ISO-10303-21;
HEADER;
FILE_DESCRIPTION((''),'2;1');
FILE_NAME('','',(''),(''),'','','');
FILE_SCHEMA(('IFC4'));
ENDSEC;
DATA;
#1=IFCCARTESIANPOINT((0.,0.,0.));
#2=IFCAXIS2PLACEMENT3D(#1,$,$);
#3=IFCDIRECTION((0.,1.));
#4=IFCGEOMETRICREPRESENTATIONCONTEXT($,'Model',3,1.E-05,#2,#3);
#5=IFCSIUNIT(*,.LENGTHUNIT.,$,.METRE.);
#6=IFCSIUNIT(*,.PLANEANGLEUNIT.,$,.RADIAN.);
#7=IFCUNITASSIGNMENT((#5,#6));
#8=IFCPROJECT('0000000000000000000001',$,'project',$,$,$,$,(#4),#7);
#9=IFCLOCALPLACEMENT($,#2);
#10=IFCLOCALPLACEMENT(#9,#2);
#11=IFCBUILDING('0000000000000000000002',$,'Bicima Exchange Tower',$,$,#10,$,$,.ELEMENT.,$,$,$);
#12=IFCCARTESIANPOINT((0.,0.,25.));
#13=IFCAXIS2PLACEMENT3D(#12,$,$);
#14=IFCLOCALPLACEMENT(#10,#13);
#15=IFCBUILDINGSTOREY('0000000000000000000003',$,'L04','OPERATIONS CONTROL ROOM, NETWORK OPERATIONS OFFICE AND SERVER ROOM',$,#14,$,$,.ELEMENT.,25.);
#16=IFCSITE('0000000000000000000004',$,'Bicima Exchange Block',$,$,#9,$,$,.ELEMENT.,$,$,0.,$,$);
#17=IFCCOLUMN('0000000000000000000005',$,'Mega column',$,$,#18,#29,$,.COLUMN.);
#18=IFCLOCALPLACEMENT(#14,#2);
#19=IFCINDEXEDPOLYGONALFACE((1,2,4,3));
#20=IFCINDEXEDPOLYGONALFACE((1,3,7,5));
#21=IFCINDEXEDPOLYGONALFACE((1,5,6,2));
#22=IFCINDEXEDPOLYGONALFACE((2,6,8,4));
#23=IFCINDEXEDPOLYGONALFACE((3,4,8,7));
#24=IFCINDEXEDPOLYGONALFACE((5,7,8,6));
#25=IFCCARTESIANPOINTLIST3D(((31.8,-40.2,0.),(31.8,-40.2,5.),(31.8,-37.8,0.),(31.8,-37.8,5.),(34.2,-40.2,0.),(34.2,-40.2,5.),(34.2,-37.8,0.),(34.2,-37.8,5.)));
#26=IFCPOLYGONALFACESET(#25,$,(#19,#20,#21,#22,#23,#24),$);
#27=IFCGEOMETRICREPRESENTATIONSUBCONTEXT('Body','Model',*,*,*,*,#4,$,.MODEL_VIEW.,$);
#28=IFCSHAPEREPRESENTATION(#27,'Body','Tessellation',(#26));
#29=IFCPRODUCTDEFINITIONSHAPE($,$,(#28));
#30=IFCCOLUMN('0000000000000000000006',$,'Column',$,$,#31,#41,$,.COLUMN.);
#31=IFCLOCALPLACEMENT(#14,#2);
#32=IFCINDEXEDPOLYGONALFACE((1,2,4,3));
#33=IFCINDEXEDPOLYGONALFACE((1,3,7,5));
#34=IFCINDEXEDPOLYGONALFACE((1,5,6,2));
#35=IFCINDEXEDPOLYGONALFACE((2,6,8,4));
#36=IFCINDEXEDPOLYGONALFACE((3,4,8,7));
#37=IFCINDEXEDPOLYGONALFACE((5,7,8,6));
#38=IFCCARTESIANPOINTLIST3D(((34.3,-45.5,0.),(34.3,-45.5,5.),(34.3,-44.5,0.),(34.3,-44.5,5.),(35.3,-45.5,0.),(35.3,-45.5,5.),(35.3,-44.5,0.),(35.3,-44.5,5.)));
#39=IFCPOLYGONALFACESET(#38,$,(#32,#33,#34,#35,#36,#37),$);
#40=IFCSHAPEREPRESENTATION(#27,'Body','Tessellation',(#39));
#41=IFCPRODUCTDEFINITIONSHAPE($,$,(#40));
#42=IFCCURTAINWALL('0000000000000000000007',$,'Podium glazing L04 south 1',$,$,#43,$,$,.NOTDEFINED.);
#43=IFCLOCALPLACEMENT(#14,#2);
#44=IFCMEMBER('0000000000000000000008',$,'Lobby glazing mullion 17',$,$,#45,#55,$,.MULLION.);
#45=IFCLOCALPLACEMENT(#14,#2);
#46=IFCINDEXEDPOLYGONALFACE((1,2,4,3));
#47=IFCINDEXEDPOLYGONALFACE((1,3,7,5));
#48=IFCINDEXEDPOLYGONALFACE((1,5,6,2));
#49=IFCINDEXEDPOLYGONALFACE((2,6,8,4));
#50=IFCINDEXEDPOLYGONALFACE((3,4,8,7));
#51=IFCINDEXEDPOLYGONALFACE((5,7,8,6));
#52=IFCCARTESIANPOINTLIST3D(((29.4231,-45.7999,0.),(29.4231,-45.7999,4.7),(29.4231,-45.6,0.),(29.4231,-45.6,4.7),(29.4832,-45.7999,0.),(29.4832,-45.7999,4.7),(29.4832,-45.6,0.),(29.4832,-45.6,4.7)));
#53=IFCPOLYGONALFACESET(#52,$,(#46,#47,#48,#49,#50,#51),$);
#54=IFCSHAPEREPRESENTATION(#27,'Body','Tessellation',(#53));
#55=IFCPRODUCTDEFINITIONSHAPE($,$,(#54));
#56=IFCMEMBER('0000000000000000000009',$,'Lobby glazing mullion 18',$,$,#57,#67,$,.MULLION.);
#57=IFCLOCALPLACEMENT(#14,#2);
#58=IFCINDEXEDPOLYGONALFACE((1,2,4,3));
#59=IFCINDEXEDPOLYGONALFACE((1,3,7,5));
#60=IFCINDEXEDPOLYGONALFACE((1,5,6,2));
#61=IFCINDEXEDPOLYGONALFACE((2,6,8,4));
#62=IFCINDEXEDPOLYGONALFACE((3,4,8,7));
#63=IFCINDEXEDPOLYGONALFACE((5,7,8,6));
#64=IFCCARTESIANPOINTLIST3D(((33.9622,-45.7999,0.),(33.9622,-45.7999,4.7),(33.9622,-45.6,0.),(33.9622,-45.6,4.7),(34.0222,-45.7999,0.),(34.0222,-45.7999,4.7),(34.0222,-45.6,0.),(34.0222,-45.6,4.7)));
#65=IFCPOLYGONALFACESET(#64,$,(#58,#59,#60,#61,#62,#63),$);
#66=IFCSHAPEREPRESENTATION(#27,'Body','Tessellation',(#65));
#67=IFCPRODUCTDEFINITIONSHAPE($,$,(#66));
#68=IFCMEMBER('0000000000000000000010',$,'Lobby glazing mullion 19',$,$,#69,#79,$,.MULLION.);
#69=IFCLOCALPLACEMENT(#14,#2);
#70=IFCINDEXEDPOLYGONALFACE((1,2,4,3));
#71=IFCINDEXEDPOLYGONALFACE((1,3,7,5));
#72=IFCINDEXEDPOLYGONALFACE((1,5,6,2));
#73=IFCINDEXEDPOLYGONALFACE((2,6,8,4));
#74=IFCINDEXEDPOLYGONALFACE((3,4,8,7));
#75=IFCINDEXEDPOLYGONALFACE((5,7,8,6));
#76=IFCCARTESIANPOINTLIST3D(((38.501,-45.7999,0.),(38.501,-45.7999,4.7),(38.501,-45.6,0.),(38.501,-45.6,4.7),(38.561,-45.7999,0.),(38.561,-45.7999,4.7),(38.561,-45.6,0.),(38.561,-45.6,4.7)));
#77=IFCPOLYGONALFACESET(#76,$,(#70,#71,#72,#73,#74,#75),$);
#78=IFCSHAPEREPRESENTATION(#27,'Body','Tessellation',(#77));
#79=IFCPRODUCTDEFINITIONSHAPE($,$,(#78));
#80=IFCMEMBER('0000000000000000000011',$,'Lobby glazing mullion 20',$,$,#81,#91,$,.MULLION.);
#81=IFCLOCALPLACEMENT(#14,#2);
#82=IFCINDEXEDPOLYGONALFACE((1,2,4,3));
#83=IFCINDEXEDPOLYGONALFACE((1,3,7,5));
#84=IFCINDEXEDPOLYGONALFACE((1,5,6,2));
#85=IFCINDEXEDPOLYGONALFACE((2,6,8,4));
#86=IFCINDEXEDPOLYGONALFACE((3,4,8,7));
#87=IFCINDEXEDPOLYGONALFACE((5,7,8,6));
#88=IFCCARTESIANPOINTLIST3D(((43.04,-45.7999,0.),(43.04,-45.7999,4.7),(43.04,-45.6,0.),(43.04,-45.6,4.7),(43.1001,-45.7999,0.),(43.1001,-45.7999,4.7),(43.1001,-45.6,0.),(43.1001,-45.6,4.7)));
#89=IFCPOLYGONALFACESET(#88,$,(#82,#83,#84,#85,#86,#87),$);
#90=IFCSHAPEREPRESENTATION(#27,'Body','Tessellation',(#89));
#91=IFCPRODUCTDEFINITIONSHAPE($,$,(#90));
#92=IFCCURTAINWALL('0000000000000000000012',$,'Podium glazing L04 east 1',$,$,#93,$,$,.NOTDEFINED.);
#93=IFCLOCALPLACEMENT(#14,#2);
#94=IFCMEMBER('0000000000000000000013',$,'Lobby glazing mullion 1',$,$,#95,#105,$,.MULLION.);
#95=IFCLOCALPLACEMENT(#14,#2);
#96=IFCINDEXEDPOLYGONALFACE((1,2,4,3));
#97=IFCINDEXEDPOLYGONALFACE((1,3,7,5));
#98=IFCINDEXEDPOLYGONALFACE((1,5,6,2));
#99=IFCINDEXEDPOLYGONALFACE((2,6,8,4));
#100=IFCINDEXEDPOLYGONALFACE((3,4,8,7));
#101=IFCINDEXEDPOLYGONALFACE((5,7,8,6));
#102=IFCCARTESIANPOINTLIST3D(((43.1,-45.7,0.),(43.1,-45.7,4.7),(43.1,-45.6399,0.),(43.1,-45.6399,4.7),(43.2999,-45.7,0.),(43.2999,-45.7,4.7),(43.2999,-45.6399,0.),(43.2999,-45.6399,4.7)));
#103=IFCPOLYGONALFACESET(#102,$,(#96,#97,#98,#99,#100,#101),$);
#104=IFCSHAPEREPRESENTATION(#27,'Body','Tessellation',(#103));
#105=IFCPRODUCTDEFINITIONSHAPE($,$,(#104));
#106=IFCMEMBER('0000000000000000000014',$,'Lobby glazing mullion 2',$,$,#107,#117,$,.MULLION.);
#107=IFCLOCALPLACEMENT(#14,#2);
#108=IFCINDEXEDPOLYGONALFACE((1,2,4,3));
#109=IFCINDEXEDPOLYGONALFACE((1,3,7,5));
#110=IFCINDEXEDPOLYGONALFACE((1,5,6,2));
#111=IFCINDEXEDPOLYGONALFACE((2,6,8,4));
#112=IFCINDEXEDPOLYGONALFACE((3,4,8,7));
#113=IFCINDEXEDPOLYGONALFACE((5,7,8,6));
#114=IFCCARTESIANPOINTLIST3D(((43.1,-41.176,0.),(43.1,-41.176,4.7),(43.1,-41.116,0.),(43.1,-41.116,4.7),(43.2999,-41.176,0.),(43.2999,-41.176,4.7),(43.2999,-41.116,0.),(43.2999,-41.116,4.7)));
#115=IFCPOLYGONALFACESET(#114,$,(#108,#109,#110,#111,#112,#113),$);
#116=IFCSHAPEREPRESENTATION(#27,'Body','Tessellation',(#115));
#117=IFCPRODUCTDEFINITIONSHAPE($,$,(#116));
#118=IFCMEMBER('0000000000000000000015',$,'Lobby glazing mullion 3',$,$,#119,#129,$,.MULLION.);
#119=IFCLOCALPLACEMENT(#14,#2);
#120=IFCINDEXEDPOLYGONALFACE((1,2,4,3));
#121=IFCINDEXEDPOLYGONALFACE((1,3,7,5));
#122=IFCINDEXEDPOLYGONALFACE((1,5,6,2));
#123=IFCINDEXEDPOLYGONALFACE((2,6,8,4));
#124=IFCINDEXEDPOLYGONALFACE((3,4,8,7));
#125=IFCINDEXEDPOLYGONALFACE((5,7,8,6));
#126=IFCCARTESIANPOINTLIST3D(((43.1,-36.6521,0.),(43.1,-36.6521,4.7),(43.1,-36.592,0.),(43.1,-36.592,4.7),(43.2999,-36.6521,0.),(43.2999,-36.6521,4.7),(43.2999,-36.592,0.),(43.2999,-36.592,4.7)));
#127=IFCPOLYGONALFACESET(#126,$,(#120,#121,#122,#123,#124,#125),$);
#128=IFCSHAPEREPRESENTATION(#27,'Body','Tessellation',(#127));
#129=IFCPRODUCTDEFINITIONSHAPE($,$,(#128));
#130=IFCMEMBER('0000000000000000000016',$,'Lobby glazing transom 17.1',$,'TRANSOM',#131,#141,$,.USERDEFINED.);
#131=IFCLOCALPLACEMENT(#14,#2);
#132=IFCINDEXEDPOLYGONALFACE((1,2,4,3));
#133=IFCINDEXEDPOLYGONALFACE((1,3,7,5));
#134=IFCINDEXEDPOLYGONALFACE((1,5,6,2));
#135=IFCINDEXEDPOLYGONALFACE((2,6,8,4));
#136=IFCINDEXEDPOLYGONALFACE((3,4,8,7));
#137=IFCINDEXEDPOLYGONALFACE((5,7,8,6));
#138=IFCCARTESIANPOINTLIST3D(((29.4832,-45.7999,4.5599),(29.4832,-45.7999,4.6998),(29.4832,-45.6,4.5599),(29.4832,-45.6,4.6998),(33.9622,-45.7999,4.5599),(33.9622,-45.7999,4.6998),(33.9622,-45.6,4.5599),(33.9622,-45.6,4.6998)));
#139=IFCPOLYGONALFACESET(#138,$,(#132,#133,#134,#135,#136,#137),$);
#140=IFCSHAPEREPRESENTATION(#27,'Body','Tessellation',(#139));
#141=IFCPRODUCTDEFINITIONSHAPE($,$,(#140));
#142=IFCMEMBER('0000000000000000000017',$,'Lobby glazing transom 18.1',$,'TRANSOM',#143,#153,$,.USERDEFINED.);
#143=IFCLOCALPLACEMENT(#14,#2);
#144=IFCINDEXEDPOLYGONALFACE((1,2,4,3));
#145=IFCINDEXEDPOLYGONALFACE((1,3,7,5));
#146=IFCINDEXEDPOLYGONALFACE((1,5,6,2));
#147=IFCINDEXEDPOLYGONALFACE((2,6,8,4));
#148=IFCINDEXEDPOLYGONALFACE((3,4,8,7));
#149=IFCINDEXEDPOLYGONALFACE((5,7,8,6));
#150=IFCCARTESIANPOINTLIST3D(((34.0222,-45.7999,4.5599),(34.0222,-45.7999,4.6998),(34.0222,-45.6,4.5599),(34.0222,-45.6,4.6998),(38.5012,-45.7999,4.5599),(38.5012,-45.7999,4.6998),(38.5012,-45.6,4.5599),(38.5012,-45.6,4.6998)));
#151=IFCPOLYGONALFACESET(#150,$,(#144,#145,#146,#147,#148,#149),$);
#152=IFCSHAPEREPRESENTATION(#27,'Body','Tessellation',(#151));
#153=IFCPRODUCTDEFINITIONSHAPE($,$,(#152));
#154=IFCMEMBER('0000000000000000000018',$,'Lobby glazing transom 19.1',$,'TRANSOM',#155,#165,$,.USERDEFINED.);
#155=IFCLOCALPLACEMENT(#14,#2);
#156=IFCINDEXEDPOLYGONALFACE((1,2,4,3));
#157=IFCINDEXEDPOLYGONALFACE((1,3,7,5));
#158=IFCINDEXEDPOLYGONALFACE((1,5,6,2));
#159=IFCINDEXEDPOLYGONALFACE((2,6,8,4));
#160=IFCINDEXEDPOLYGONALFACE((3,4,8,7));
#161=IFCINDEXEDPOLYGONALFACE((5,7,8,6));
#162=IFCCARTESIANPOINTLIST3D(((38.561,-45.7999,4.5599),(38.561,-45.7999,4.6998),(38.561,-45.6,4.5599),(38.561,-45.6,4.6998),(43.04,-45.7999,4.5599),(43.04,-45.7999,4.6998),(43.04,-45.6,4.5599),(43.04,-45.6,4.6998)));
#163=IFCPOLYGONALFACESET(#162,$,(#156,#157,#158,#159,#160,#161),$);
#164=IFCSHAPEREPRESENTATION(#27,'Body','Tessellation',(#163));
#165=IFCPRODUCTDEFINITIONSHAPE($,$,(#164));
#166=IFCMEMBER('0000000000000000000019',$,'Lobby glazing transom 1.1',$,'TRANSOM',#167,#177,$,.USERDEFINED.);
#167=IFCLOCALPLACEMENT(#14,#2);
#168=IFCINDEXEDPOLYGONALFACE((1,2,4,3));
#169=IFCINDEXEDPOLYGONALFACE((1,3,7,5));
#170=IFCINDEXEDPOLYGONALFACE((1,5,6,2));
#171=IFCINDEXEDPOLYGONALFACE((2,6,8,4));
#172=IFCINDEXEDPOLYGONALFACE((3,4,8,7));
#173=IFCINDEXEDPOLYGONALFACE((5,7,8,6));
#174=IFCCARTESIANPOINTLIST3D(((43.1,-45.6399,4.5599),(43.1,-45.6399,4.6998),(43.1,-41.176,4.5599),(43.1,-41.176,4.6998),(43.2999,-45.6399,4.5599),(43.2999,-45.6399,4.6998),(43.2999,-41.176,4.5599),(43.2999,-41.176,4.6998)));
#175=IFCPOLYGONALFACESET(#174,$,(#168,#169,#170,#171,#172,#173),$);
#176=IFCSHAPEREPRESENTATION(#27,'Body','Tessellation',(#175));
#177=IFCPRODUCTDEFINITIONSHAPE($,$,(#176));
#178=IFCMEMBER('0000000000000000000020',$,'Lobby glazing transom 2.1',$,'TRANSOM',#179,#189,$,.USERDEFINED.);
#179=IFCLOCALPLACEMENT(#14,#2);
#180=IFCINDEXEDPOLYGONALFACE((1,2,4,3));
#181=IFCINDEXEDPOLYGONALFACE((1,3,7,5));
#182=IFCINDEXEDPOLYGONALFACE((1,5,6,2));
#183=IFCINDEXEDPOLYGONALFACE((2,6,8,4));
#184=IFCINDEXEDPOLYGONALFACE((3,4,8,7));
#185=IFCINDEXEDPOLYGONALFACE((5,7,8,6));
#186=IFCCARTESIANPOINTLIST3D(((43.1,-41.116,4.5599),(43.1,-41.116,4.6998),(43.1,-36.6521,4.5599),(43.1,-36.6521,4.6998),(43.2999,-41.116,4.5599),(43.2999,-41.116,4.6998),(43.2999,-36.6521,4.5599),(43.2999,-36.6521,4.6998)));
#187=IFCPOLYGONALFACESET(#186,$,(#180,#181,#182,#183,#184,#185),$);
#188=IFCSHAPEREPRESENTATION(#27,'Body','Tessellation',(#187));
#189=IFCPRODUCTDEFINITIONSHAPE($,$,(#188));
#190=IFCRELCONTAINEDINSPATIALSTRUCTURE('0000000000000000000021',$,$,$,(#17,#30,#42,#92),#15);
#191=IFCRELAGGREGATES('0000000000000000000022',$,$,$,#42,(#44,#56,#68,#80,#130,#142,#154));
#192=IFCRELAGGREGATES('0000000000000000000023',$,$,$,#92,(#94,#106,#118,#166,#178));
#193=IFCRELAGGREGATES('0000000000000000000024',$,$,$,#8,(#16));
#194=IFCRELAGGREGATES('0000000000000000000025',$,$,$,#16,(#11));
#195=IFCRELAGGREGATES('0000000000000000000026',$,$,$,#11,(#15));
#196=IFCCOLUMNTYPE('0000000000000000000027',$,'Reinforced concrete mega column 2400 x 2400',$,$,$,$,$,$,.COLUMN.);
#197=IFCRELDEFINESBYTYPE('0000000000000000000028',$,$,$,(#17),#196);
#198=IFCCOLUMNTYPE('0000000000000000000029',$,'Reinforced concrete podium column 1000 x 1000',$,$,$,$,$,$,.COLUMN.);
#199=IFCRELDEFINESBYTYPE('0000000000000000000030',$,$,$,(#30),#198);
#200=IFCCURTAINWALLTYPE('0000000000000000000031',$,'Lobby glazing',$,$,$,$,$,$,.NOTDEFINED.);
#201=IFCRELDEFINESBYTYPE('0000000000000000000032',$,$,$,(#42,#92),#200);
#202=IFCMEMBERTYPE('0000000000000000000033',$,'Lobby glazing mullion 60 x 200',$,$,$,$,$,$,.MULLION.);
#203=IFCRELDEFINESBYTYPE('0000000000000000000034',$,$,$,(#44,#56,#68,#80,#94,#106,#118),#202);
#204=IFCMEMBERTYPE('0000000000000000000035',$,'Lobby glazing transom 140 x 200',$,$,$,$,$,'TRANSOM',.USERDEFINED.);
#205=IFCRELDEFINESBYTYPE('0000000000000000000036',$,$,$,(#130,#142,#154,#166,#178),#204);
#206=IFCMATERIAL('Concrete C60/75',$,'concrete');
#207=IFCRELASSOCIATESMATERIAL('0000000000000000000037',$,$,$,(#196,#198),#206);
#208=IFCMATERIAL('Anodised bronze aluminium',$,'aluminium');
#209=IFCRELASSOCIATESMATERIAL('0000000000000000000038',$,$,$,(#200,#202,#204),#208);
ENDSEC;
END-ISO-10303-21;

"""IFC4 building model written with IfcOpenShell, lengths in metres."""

from ifc_helpers import new_model, si_unit, direction, frame, origin, origin_2d, place, context, subcontext, project, spatial, rectangle, extrude, material, material_profile, profile_set, type_object, element, aggregate, save


model = new_model("IFC4")

# Units and contexts
model_context = context("Model", 3, precision=1e-05, world=origin(), true_north=direction((0.0, 1.0)))
body_context = subcontext(model_context, "Body", "Model", "MODEL_VIEW")
ifc_project = project(units=[si_unit("LENGTHUNIT", "METRE"), si_unit("PLANEANGLEUNIT", "RADIAN")], contexts=[model_context])

# Site, building, storey
site_placement = place(None, origin())
site = spatial("IfcSite", under=ifc_project, at=site_placement, Name="Bicima Exchange Block", CompositionType="ELEMENT", RefElevation=0.0)
building_placement = place(site_placement, origin())
building = spatial("IfcBuilding", under=site, at=building_placement, Name="Bicima Exchange Tower", CompositionType="ELEMENT")
storey_placement = place(building_placement, frame((0.0, 0.0, 25.0)))
storey = spatial("IfcBuildingStorey", under=building, at=storey_placement, Name="L04", Description="OPERATIONS CONTROL ROOM, NETWORK OPERATIONS OFFICE AND SERVER ROOM", CompositionType="ELEMENT", Elevation=25.0)

# Columns
ifc_material_1 = material(Name="Concrete C60/75", Category="concrete")
ifc_material_profile_1 = material_profile(ifc_material_1, rectangle(XDim=2.3999, YDim=2.3999, at=origin_2d()))
ifc_profile_set_1 = profile_set([ifc_material_profile_1], Name="Concrete C60/75")
column_type_1 = type_object("IfcColumnType", Name="Reinforced concrete mega column 2400 x 2400", PredefinedType="COLUMN", material=ifc_profile_set_1)
column_1_placement = place(storey_placement, frame((33.0, -39.0, 0.0), z_axis=(0.0, 0.0, 1.0), x_axis=(1.0, 0.0, 0.0)))
element("IfcColumn", 1, at=column_1_placement, inside=storey, type_object=column_type_1, Name="Mega column", PredefinedType="COLUMN", context=body_context, shape_type="SweptSolid", body=[
    extrude(rectangle(XDim=2.3999, YDim=2.3999, at=origin_2d()), origin(), (0.0, 0.0, 1.0), 5.0),
])
ifc_material_profile_2 = material_profile(ifc_material_1, rectangle(XDim=1.0, YDim=1.0, at=origin_2d()))
ifc_profile_set_2 = profile_set([ifc_material_profile_2], Name="Concrete C60/75")
column_type_2 = type_object("IfcColumnType", Name="Reinforced concrete podium column 1000 x 1000", PredefinedType="COLUMN", material=ifc_profile_set_2)
column_2_placement = place(storey_placement, frame((34.8, -45.0, 0.0), z_axis=(0.0, 0.0, 1.0), x_axis=(1.0, 0.0, 0.0)))
element("IfcColumn", 2, at=column_2_placement, inside=storey, type_object=column_type_2, Name="Column", PredefinedType="COLUMN", context=body_context, shape_type="SweptSolid", body=[
    extrude(rectangle(XDim=1.0, YDim=1.0, at=origin_2d()), origin(), (0.0, 0.0, 1.0), 5.0),
])

# Curtain walls, members
ifc_material_2 = material(Name="Anodised bronze aluminium", Category="aluminium")
curtain_wall_type = type_object("IfcCurtainWallType", Name="Lobby glazing", PredefinedType="NOTDEFINED", material=ifc_material_2)
curtain_wall_1_placement = place(storey_placement, origin())
curtain_wall_1 = element("IfcCurtainWall", 3, at=curtain_wall_1_placement, inside=storey, type_object=curtain_wall_type, Name="Podium glazing L04 south 1", PredefinedType="NOTDEFINED")
ifc_material_profile_3 = material_profile(ifc_material_2, rectangle(XDim=0.2, YDim=0.0601, at=origin_2d()))
ifc_profile_set_3 = profile_set([ifc_material_profile_3], Name="Anodised bronze aluminium")
member_type_1 = type_object("IfcMemberType", Name="Lobby glazing mullion 60 x 200", PredefinedType="MULLION", material=ifc_profile_set_3)
member_1_placement = place(storey_placement, frame((29.4531, -45.7, 0.0), z_axis=(0.0, 0.0, 1.0), x_axis=(0.0, 1.0, 0.0)))
member_1 = element("IfcMember", 4, at=member_1_placement, type_object=member_type_1, Name="Lobby glazing mullion 17", PredefinedType="MULLION", context=body_context, shape_type="SweptSolid", body=[
    extrude(rectangle(XDim=0.2, YDim=0.0601, at=origin_2d()), origin(), (0.0, 0.0, 1.0), 4.7),
])
member_2_placement = place(storey_placement, frame((33.9922, -45.7, 0.0), z_axis=(0.0, 0.0, 1.0), x_axis=(0.0, 1.0, 0.0)))
member_2 = element("IfcMember", 5, at=member_2_placement, type_object=member_type_1, Name="Lobby glazing mullion 18", PredefinedType="MULLION", context=body_context, shape_type="SweptSolid", body=[
    extrude(rectangle(XDim=0.2, YDim=0.0601, at=origin_2d()), origin(), (0.0, 0.0, 1.0), 4.7),
])
member_3_placement = place(storey_placement, frame((38.531, -45.7, 0.0), z_axis=(0.0, 0.0, 1.0), x_axis=(0.0, 1.0, 0.0)))
member_3 = element("IfcMember", 6, at=member_3_placement, type_object=member_type_1, Name="Lobby glazing mullion 19", PredefinedType="MULLION", context=body_context, shape_type="SweptSolid", body=[
    extrude(rectangle(XDim=0.2, YDim=0.0601, at=origin_2d()), origin(), (0.0, 0.0, 1.0), 4.7),
])
member_4_placement = place(storey_placement, frame((43.0701, -45.7, 0.0), z_axis=(0.0, 0.0, 1.0), x_axis=(0.0, 1.0, 0.0)))
member_4 = element("IfcMember", 7, at=member_4_placement, type_object=member_type_1, Name="Lobby glazing mullion 20", PredefinedType="MULLION", context=body_context, shape_type="SweptSolid", body=[
    extrude(rectangle(XDim=0.2, YDim=0.0601, at=origin_2d()), origin(), (0.0, 0.0, 1.0), 4.7),
])
curtain_wall_2_placement = place(storey_placement, origin())
curtain_wall_2 = element("IfcCurtainWall", 8, at=curtain_wall_2_placement, inside=storey, type_object=curtain_wall_type, Name="Podium glazing L04 east 1", PredefinedType="NOTDEFINED")
member_5_placement = place(storey_placement, frame((43.2, -45.6699, 0.0), z_axis=(0.0, 0.0, 1.0), x_axis=(-1.0, 0.0, 0.0)))
member_5 = element("IfcMember", 9, at=member_5_placement, type_object=member_type_1, Name="Lobby glazing mullion 1", PredefinedType="MULLION", context=body_context, shape_type="SweptSolid", body=[
    extrude(rectangle(XDim=0.2, YDim=0.0601, at=origin_2d()), origin(), (0.0, 0.0, 1.0), 4.7),
])
member_6_placement = place(storey_placement, frame((43.2, -41.146, 0.0), z_axis=(0.0, 0.0, 1.0), x_axis=(-1.0, 0.0, 0.0)))
member_6 = element("IfcMember", 10, at=member_6_placement, type_object=member_type_1, Name="Lobby glazing mullion 2", PredefinedType="MULLION", context=body_context, shape_type="SweptSolid", body=[
    extrude(rectangle(XDim=0.2, YDim=0.0601, at=origin_2d()), origin(), (0.0, 0.0, 1.0), 4.7),
])
member_7_placement = place(storey_placement, frame((43.2, -36.6221, 0.0), z_axis=(0.0, 0.0, 1.0), x_axis=(-1.0, 0.0, 0.0)))
member_7 = element("IfcMember", 11, at=member_7_placement, type_object=member_type_1, Name="Lobby glazing mullion 3", PredefinedType="MULLION", context=body_context, shape_type="SweptSolid", body=[
    extrude(rectangle(XDim=0.2, YDim=0.0601, at=origin_2d()), origin(), (0.0, 0.0, 1.0), 4.7),
])

# Members
ifc_material_profile_4 = material_profile(ifc_material_2, rectangle(XDim=0.2, YDim=0.1399, at=origin_2d()))
ifc_profile_set_4 = profile_set([ifc_material_profile_4], Name="Anodised bronze aluminium")
member_type_2 = type_object("IfcMemberType", Name="Lobby glazing transom 140 x 200", ElementType="TRANSOM", PredefinedType="USERDEFINED", material=ifc_profile_set_4)
member_8_placement = place(storey_placement, frame((29.4832, -45.7, 4.6299), z_axis=(1.0, 0.0, 0.0), x_axis=(0.0, 1.0, 0.0)))
member_8 = element("IfcMember", 12, at=member_8_placement, type_object=member_type_2, Name="Lobby glazing transom 17.1", ObjectType="TRANSOM", PredefinedType="USERDEFINED", context=body_context, shape_type="SweptSolid", body=[
    extrude(rectangle(XDim=0.2, YDim=0.1399, at=origin_2d()), origin(), (0.0, 0.0, 1.0), 4.479),
])
member_9_placement = place(storey_placement, frame((34.0222, -45.7, 4.6299), z_axis=(1.0, 0.0, 0.0), x_axis=(0.0, 1.0, 0.0)))
member_9 = element("IfcMember", 13, at=member_9_placement, type_object=member_type_2, Name="Lobby glazing transom 18.1", ObjectType="TRANSOM", PredefinedType="USERDEFINED", context=body_context, shape_type="SweptSolid", body=[
    extrude(rectangle(XDim=0.2, YDim=0.1399, at=origin_2d()), origin(), (0.0, 0.0, 1.0), 4.479),
])
member_10_placement = place(storey_placement, frame((38.561, -45.7, 4.6299), z_axis=(1.0, 0.0, 0.0), x_axis=(0.0, 1.0, 0.0)))
member_10 = element("IfcMember", 14, at=member_10_placement, type_object=member_type_2, Name="Lobby glazing transom 19.1", ObjectType="TRANSOM", PredefinedType="USERDEFINED", context=body_context, shape_type="SweptSolid", body=[
    extrude(rectangle(XDim=0.2, YDim=0.1399, at=origin_2d()), origin(), (0.0, 0.0, 1.0), 4.479),
])
member_11_placement = place(storey_placement, frame((43.2, -45.6399, 4.6299), z_axis=(0.0, 1.0, 0.0), x_axis=(-1.0, 0.0, 0.0)))
member_11 = element("IfcMember", 15, at=member_11_placement, type_object=member_type_2, Name="Lobby glazing transom 1.1", ObjectType="TRANSOM", PredefinedType="USERDEFINED", context=body_context, shape_type="SweptSolid", body=[
    extrude(rectangle(XDim=0.2, YDim=0.1399, at=origin_2d()), origin(), (0.0, 0.0, 1.0), 4.4639),
])
member_12_placement = place(storey_placement, frame((43.2, -41.116, 4.6299), z_axis=(0.0, 1.0, 0.0), x_axis=(-1.0, 0.0, 0.0)))
member_12 = element("IfcMember", 16, at=member_12_placement, type_object=member_type_2, Name="Lobby glazing transom 2.1", ObjectType="TRANSOM", PredefinedType="USERDEFINED", context=body_context, shape_type="SweptSolid", body=[
    extrude(rectangle(XDim=0.2, YDim=0.1399, at=origin_2d()), origin(), (0.0, 0.0, 1.0), 4.4639),
])

aggregate(curtain_wall_1, [member_1, member_2, member_3, member_4, member_8, member_9, member_10])
aggregate(curtain_wall_2, [member_5, member_6, member_7, member_11, member_12])

save(model, "model.ifc")
